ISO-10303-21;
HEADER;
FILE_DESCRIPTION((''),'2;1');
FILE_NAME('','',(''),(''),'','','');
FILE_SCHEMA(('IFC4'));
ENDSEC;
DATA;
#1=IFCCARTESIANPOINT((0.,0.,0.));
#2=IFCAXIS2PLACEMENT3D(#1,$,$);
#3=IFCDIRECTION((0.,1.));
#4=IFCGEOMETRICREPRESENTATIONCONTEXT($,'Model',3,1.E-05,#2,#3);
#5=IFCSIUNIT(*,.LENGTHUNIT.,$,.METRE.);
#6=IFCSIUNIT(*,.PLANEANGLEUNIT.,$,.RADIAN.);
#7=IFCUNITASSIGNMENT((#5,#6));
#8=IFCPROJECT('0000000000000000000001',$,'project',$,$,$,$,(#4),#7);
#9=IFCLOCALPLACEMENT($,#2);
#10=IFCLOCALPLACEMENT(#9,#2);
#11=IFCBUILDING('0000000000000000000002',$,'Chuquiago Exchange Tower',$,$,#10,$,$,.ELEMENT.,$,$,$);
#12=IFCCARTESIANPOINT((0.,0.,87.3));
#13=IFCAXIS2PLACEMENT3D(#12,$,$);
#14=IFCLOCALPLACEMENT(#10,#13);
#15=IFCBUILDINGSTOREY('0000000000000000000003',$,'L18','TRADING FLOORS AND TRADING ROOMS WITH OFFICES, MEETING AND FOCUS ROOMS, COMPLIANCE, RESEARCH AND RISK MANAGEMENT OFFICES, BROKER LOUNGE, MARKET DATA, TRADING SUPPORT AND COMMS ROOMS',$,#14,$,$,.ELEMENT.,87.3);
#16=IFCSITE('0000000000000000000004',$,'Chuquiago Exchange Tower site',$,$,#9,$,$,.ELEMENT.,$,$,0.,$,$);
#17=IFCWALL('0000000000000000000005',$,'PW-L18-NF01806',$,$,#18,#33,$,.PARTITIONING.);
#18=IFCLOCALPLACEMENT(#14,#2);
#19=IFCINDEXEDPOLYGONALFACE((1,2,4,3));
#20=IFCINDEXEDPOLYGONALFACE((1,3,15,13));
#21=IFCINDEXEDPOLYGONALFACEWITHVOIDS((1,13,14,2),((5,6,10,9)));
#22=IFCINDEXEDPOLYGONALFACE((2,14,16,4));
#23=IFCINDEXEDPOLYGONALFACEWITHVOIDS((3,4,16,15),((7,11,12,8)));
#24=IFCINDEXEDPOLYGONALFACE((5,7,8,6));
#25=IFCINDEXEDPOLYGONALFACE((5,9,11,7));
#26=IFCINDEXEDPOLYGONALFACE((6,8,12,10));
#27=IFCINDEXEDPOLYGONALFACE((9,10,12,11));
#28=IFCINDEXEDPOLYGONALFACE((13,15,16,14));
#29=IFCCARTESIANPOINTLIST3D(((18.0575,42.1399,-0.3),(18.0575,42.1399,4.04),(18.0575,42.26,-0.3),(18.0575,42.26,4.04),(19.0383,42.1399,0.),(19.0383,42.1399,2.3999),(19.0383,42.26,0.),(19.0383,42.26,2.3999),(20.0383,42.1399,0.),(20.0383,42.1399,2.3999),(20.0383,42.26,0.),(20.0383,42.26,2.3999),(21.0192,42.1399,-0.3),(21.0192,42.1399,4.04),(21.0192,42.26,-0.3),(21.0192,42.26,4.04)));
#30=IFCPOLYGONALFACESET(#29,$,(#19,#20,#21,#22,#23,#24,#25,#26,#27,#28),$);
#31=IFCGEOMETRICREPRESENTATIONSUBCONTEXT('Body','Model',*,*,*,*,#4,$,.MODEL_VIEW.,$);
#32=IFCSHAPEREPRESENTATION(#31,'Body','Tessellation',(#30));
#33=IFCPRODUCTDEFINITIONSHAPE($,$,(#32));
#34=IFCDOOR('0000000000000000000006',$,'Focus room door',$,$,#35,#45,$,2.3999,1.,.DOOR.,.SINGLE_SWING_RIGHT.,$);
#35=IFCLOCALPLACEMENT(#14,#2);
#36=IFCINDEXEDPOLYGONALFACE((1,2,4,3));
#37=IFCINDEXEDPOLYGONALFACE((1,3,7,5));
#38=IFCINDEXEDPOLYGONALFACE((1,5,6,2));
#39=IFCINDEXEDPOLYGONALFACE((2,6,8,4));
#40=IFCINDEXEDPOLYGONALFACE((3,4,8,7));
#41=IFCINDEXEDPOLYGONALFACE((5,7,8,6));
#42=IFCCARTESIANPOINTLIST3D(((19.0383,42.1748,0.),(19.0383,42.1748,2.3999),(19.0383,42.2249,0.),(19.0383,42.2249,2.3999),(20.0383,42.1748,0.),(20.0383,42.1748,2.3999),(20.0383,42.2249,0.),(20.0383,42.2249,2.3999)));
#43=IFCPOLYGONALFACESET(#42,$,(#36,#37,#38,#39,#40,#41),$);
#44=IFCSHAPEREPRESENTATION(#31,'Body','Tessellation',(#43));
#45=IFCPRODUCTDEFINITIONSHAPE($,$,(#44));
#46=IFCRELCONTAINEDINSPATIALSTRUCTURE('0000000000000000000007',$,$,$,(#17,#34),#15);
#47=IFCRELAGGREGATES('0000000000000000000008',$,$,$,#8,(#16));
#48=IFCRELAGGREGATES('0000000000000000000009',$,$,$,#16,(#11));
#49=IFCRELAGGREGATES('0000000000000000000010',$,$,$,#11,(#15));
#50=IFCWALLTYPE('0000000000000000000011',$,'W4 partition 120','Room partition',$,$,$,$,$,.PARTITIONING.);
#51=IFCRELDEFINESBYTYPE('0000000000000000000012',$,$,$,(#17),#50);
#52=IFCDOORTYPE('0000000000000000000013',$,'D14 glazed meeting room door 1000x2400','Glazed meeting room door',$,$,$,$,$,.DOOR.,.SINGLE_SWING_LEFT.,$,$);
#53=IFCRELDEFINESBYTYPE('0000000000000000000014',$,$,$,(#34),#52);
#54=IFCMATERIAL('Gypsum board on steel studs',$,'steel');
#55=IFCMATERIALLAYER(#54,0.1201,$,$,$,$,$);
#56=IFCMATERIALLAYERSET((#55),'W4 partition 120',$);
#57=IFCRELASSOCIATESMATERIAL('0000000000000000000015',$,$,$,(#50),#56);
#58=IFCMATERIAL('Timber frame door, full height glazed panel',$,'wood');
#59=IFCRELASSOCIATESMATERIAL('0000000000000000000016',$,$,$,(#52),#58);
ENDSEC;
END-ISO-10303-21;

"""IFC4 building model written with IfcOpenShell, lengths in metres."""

from ifc_helpers import new_model, si_unit, direction, frame, frame_2d, origin, place, context, subcontext, project, spatial, rectangle, extrude, material, layer, layer_set, type_object, element, fill, save


model = new_model("IFC4")

# Units and contexts
model_context = context("Model", 3, precision=1e-05, world=origin(), true_north=direction((0.0, 1.0)))
body_context = subcontext(model_context, "Body", "Model", "MODEL_VIEW")
ifc_project = project(units=[si_unit("LENGTHUNIT", "METRE"), si_unit("PLANEANGLEUNIT", "RADIAN")], contexts=[model_context])

# Site, building, storey
site_placement = place(None, origin())
site = spatial("IfcSite", under=ifc_project, at=site_placement, Name="Chuquiago Exchange Tower site", CompositionType="ELEMENT", RefElevation=0.0)
building_placement = place(site_placement, origin())
building = spatial("IfcBuilding", under=site, at=building_placement, Name="Chuquiago Exchange Tower", CompositionType="ELEMENT")
storey_placement = place(building_placement, frame((0.0, 0.0, 87.3)))
storey = spatial("IfcBuildingStorey", under=building, at=storey_placement, Name="L18", Description="TRADING FLOORS AND TRADING ROOMS WITH OFFICES, MEETING AND FOCUS ROOMS, COMPLIANCE, RESEARCH AND RISK MANAGEMENT OFFICES, BROKER LOUNGE, MARKET DATA, TRADING SUPPORT AND COMMS ROOMS", CompositionType="ELEMENT", Elevation=87.3)

# Shared definitions
ifc_material_1 = material(Name="Gypsum board on steel studs", Category="steel")
ifc_layer_1 = layer(ifc_material_1, 0.1201)
ifc_layer_set_1 = layer_set([ifc_layer_1], Name="W4 partition 120")
wall_type_1 = type_object("IfcWallType", Name="W4 partition 120", Description="Room partition", PredefinedType="PARTITIONING", material=ifc_layer_set_1)

# Wall, opening, door
wall_1_placement = place(storey_placement, frame((18.0574, 42.2, -0.3), z_axis=(0.0, 0.0, 1.0), x_axis=(1.0, 0.0, 0.0)))
wall_1 = element("IfcWall", 1, at=wall_1_placement, inside=storey, type_object=wall_type_1, Name="PW-L18-NF01806", PredefinedType="PARTITIONING", context=body_context, shape_type="SweptSolid", body=[
    extrude(rectangle(XDim=2.9617, YDim=0.1201, at=frame_2d((1.481, 0.0))), origin(), (0.0, 0.0, 1.0), 4.3401),
])
opening_1_placement = place(wall_1_placement, frame((0.981, 0.0, 0.3)))
opening_1 = element("IfcOpeningElement", 2, at=opening_1_placement, cuts=wall_1, PredefinedType="OPENING", context=body_context, shape_type="SweptSolid", body=[
    extrude(rectangle(XDim=1.0, YDim=2.3999, at=frame_2d((0.5, 1.2))), frame((0.0, 0.0701, 0.0), z_axis=(0.0, -1.0, 0.0), x_axis=(1.0, 0.0, 0.0)), (0.0, 0.0, 1.0), 0.1401),
])
ifc_material_2 = material(Name="Timber frame door, full height glazed panel", Category="wood")
door_type_1 = type_object("IfcDoorType", Name="D14 glazed meeting room door 1000x2400", Description="Glazed meeting room door", OperationType="SINGLE_SWING_LEFT", PredefinedType="DOOR", material=ifc_material_2)
door_1_placement = place(opening_1_placement, origin())
door_1 = element("IfcDoor", 3, at=door_1_placement, inside=storey, type_object=door_type_1, Name="Focus room door", OperationType="SINGLE_SWING_RIGHT", OverallHeight=2.3999, OverallWidth=1.0, PredefinedType="DOOR", context=body_context, shape_type="SweptSolid", body=[
    extrude(rectangle(XDim=1.0, YDim=2.3999, at=frame_2d((0.5, 1.2))), frame((0.0, 0.0249, 0.0), z_axis=(0.0, -1.0, 0.0), x_axis=(1.0, 0.0, 0.0)), (0.0, 0.0, 1.0), 0.05),
])
fill(opening_1, door_1)

save(model, "model.ifc")
